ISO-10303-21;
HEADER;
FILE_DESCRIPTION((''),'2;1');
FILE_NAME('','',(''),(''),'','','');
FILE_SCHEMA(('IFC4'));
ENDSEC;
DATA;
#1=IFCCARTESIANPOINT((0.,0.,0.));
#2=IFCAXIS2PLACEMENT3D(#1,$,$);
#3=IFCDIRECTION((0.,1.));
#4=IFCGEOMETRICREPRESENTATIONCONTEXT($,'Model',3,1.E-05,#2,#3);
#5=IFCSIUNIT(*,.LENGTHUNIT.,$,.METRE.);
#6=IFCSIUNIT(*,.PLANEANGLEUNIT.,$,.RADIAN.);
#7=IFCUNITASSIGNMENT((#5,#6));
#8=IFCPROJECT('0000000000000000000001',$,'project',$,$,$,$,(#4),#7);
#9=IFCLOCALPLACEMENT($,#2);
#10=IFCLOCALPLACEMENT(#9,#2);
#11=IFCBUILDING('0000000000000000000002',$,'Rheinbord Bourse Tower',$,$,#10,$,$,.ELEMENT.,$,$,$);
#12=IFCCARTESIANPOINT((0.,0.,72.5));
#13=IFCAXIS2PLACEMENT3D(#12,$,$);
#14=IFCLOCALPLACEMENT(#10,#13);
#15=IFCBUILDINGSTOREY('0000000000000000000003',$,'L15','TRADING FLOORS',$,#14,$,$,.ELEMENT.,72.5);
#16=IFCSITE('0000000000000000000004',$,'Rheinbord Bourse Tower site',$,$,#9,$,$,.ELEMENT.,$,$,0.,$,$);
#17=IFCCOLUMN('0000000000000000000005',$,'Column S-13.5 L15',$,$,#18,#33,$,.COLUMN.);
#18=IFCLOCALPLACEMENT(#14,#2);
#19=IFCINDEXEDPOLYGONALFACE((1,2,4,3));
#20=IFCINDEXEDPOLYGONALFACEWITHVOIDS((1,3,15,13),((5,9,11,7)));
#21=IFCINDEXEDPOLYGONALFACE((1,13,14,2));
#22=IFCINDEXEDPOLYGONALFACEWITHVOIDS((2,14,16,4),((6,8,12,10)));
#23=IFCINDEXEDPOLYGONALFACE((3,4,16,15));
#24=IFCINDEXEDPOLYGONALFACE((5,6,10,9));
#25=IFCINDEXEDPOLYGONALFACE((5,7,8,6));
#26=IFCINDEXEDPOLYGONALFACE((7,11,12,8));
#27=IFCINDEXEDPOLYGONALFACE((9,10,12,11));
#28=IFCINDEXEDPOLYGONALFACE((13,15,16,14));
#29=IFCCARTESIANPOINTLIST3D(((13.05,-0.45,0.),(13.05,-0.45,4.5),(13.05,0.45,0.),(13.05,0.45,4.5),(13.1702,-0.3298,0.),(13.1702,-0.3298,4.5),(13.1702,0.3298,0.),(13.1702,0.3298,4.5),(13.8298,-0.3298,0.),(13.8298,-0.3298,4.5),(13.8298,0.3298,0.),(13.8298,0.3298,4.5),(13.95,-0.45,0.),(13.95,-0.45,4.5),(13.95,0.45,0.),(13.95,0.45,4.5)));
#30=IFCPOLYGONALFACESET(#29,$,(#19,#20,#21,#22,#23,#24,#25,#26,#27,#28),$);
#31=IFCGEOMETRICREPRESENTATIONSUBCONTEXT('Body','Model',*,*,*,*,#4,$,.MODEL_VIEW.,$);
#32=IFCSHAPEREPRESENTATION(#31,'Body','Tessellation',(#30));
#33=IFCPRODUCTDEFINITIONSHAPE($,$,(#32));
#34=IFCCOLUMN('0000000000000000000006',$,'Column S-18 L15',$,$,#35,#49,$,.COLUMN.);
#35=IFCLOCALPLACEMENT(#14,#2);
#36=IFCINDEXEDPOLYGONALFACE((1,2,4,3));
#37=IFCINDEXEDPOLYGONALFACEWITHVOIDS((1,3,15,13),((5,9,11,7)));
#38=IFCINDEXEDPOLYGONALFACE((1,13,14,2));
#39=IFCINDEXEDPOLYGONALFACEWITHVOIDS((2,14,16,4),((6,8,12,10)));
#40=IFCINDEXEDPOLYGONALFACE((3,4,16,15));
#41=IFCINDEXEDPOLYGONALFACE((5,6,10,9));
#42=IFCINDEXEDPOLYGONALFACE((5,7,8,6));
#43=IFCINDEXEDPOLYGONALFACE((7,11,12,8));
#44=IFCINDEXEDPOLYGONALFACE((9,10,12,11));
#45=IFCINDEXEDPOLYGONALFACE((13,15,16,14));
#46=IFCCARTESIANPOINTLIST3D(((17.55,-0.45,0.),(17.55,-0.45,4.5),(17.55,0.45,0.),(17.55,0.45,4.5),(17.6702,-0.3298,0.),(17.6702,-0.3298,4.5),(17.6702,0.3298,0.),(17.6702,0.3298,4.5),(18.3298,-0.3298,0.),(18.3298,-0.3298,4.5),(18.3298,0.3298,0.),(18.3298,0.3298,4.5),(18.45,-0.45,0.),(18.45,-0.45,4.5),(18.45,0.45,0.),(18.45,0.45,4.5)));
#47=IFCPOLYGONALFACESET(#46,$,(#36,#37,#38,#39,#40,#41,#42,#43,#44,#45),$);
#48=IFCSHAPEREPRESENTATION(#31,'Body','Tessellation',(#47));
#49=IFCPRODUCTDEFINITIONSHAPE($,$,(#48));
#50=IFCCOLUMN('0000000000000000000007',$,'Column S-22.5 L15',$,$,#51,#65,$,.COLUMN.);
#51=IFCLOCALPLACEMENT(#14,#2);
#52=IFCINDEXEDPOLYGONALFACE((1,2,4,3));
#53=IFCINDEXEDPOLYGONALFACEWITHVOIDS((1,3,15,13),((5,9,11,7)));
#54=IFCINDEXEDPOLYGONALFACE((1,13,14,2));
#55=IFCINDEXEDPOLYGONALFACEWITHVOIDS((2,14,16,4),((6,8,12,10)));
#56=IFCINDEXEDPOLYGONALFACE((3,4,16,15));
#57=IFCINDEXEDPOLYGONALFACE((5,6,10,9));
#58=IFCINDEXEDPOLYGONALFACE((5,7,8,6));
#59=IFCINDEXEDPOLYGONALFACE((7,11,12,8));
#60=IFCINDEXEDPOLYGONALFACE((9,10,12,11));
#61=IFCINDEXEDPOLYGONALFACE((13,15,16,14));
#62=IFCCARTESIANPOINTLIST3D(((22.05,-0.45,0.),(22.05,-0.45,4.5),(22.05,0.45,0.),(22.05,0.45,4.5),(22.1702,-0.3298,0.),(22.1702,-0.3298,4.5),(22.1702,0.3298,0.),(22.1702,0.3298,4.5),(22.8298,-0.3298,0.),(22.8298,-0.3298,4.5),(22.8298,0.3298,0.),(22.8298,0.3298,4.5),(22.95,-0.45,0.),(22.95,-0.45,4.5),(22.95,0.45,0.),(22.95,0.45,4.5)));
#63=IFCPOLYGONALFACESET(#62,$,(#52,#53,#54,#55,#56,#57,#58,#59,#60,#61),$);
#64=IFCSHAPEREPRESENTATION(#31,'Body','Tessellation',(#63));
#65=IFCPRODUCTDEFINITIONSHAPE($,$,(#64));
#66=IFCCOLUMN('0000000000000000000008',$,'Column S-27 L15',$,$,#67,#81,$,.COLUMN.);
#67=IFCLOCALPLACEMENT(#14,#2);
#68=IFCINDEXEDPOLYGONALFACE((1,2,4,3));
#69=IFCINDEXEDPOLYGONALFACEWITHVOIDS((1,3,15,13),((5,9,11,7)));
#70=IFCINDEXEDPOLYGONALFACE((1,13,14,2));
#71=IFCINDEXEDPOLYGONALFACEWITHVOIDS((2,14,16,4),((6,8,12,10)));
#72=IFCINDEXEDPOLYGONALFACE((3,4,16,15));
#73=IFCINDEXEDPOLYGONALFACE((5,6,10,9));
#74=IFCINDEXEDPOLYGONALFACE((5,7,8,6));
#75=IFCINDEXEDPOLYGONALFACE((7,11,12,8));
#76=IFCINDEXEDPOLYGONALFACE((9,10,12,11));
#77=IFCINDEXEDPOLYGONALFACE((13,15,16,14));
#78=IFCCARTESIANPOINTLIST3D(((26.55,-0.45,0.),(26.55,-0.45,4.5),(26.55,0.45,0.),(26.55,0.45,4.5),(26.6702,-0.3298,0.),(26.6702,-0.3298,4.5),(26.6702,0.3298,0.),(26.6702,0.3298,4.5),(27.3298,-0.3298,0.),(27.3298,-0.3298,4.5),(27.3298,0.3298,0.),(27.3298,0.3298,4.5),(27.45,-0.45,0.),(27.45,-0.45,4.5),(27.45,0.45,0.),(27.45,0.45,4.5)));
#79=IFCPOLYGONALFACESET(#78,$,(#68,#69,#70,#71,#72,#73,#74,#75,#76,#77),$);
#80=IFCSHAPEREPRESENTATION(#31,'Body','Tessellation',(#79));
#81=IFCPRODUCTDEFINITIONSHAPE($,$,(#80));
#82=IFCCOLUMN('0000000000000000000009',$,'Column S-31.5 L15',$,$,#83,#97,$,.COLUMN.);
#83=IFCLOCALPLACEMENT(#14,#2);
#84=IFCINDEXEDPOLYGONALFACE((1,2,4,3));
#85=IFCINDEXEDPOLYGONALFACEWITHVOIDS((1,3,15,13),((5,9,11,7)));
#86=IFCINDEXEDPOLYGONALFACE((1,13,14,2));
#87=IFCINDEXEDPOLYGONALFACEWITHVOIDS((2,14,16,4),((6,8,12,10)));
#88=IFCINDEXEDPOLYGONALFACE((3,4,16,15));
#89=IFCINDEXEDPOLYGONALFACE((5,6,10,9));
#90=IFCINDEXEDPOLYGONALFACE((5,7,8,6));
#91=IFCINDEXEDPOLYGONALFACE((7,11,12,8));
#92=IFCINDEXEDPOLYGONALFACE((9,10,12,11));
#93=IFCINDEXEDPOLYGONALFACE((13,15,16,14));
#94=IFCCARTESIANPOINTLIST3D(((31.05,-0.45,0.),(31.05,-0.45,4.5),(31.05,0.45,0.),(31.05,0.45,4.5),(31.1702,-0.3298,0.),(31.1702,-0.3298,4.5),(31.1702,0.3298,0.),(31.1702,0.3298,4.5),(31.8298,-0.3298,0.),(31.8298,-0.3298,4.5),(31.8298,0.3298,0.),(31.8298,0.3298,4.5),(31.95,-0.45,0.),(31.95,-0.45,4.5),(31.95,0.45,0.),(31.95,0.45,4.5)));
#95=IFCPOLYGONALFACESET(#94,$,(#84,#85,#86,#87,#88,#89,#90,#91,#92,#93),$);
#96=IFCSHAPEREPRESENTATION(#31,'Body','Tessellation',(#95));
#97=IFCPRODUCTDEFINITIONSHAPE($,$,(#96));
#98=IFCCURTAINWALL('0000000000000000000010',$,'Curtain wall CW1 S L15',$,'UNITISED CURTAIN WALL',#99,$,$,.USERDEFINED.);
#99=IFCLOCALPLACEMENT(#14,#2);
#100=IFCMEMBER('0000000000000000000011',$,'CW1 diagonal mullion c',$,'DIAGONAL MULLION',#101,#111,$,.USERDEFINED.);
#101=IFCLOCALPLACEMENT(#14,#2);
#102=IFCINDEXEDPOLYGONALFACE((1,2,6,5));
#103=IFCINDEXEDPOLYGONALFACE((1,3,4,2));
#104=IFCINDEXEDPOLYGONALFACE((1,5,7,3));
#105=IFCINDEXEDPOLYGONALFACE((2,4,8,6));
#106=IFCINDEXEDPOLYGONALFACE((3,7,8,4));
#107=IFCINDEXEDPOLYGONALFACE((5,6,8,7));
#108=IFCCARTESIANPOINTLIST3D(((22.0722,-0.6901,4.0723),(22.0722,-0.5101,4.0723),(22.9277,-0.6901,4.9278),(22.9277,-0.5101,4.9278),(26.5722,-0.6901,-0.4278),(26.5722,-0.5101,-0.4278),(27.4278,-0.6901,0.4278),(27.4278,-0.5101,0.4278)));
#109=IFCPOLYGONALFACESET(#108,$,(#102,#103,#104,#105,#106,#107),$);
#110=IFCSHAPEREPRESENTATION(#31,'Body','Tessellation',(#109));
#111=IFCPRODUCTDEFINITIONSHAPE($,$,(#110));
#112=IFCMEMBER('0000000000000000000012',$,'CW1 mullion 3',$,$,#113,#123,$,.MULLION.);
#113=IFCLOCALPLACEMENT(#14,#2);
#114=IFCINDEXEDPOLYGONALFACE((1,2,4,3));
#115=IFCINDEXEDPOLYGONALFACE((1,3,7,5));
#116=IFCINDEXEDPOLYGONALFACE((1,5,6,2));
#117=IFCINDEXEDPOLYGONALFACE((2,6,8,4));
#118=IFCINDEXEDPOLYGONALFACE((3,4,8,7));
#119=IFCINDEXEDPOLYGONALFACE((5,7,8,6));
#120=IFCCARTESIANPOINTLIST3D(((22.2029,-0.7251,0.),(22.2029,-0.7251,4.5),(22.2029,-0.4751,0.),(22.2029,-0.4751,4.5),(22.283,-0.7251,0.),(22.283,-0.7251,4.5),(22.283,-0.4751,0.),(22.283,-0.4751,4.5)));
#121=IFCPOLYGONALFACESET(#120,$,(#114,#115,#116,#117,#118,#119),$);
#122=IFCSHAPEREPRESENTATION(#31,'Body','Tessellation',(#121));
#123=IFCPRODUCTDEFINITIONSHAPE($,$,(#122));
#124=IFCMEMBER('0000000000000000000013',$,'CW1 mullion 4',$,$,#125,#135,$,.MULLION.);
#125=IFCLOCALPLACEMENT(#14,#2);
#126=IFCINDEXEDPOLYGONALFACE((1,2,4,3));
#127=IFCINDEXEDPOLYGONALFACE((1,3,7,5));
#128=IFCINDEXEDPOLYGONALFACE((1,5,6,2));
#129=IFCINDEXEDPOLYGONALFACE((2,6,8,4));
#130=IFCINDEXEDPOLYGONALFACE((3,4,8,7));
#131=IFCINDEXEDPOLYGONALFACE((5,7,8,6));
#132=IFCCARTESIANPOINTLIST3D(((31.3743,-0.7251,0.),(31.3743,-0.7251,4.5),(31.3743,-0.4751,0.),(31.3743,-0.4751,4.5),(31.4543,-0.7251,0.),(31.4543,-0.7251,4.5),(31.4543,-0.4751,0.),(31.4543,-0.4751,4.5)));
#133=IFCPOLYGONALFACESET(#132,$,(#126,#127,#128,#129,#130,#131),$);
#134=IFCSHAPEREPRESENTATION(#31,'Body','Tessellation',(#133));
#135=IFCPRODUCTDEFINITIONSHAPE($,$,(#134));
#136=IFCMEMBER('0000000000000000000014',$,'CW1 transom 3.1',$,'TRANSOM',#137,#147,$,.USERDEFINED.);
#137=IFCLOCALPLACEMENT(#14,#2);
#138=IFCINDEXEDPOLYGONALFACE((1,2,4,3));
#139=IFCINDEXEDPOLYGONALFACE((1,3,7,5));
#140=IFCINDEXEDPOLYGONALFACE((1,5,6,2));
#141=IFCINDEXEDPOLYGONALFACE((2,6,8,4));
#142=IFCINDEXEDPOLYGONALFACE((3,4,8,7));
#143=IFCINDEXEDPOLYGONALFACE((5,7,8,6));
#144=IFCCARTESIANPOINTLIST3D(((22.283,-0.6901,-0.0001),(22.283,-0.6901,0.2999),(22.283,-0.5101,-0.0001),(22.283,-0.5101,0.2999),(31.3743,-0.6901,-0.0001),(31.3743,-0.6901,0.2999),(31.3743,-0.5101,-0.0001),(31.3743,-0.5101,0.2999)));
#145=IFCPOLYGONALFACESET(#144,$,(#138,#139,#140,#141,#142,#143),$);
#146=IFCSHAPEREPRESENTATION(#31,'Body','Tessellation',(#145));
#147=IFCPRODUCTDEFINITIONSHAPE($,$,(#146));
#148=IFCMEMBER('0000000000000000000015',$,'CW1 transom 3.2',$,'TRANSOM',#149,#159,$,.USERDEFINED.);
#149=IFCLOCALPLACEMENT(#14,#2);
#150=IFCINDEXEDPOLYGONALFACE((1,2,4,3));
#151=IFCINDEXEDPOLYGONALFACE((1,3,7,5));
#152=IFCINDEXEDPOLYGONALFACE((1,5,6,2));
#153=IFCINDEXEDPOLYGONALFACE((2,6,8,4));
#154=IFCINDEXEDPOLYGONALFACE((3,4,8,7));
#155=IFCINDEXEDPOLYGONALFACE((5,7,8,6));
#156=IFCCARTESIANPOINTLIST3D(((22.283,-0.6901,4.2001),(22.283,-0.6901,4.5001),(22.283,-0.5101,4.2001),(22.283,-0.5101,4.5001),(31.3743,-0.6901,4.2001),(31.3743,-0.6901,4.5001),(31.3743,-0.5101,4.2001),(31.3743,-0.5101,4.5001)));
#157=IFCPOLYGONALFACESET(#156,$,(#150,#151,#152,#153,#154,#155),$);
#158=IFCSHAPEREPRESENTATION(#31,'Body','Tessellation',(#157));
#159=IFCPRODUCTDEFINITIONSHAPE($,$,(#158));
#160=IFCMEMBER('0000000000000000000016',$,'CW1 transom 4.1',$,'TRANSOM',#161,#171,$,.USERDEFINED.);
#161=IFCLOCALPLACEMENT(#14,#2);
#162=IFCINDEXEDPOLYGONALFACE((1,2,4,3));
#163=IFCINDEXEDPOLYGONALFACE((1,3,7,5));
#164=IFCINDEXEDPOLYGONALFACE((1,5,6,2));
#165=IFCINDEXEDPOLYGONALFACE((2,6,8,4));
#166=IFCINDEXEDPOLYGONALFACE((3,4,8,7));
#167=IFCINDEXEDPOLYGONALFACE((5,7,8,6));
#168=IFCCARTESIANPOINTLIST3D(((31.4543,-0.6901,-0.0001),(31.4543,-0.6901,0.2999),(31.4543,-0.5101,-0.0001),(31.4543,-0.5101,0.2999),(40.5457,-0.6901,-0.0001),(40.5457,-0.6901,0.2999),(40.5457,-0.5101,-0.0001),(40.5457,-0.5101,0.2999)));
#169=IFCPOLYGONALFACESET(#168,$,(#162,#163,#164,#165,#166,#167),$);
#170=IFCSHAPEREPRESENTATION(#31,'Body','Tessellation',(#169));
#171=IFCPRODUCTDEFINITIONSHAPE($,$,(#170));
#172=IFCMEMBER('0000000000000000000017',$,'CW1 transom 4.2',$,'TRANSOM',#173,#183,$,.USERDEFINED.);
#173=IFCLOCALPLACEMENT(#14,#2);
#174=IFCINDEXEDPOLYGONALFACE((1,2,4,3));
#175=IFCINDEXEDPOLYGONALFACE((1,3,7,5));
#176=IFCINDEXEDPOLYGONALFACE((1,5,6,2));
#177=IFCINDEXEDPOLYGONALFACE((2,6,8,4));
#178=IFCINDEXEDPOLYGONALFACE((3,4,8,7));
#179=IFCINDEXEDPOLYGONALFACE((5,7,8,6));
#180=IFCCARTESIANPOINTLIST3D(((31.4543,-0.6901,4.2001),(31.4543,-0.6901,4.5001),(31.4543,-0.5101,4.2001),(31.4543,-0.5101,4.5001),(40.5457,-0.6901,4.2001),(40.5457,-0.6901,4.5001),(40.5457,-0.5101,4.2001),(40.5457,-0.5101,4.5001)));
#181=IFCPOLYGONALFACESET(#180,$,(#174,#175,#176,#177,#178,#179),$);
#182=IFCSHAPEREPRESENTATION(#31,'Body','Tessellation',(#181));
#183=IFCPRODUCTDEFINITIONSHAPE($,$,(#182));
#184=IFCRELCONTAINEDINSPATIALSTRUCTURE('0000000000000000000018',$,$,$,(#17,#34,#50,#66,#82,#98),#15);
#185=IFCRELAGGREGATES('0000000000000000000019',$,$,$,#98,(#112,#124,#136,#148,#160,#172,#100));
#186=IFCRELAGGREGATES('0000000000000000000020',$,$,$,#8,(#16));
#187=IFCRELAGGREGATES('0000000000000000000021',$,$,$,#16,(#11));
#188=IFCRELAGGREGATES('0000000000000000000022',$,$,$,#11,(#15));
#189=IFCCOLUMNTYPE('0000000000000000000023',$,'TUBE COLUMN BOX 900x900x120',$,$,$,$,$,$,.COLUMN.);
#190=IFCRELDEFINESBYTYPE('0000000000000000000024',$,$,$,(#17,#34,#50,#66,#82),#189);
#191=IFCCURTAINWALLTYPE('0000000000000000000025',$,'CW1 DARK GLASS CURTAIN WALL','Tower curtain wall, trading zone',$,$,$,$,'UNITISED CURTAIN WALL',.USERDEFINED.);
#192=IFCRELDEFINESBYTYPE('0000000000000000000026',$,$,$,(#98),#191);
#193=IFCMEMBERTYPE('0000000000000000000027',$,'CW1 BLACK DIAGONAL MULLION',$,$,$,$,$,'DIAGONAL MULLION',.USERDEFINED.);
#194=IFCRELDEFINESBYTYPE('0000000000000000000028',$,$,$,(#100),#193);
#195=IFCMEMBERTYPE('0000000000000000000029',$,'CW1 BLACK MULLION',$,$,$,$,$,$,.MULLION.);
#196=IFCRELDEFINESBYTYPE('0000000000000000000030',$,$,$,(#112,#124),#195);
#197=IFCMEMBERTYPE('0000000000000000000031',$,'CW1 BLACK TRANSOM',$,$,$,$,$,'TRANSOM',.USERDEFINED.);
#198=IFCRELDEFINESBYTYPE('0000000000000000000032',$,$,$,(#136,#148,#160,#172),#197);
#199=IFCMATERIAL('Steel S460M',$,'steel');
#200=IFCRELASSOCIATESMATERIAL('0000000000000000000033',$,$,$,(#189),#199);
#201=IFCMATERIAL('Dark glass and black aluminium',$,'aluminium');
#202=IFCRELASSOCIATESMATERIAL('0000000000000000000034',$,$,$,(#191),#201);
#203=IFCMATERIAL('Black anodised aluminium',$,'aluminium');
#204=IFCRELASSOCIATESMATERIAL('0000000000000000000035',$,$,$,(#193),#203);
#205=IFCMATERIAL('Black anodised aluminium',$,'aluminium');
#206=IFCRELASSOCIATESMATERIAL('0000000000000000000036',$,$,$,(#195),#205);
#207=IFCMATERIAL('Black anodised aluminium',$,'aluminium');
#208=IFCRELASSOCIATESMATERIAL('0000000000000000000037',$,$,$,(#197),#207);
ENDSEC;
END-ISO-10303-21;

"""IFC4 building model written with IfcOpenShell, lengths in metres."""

from ifc_helpers import new_model, si_unit, direction, frame, origin, origin_2d, place, context, subcontext, project, spatial, rectangle, hollow_rectangle, extrude, material, material_profile, profile_set, type_object, element, aggregate, save


model = new_model("IFC4")

# Units and contexts
model_context = context("Model", 3, precision=1e-05, world=origin(), true_north=direction((0.0, 1.0)))
body_context = subcontext(model_context, "Body", "Model", "MODEL_VIEW")
ifc_project = project(units=[si_unit("LENGTHUNIT", "METRE"), si_unit("PLANEANGLEUNIT", "RADIAN")], contexts=[model_context])

# Site, building, storey
site_placement = place(None, origin())
site = spatial("IfcSite", under=ifc_project, at=site_placement, Name="Rheinbord Bourse Tower site", CompositionType="ELEMENT", RefElevation=0.0)
building_placement = place(site_placement, origin())
building = spatial("IfcBuilding", under=site, at=building_placement, Name="Rheinbord Bourse Tower", CompositionType="ELEMENT")
storey_placement = place(building_placement, frame((0.0, 0.0, 72.5)))
storey = spatial("IfcBuildingStorey", under=building, at=storey_placement, Name="L15", Description="TRADING FLOORS", CompositionType="ELEMENT", Elevation=72.5)

# Columns
ifc_material_1 = material(Name="Steel S460M", Category="steel")
ifc_material_profile_1 = material_profile(ifc_material_1, hollow_rectangle(XDim=0.8999, YDim=0.8999, WallThickness=0.1201, at=origin_2d()), Name="BOX 900x900x120")
ifc_profile_set_1 = profile_set([ifc_material_profile_1], Name="Steel S460M")
column_type = type_object("IfcColumnType", Name="TUBE COLUMN BOX 900x900x120", PredefinedType="COLUMN", material=ifc_profile_set_1)
for number, where, z_axis, x_axis, name in (
    (1, (13.5, 0.0, 0.0), (0.0, 0.0, 1.0), (0.0, 1.0, 0.0), "Column S-13.5 L15"),
    (2, (18.0, 0.0, 0.0), (0.0, 0.0, 1.0), (0.0, 1.0, 0.0), "Column S-18 L15"),
    (3, (22.5, 0.0, 0.0), (0.0, 0.0, 1.0), (0.0, 1.0, 0.0), "Column S-22.5 L15"),
    (4, (27.0, 0.0, 0.0), (0.0, 0.0, 1.0), (0.0, 1.0, 0.0), "Column S-27 L15"),
    (5, (31.5, 0.0, 0.0), (0.0, 0.0, 1.0), (0.0, 1.0, 0.0), "Column S-31.5 L15"),
):
    element("IfcColumn", number, at=place(storey_placement, frame(where, z_axis=z_axis, x_axis=x_axis)), inside=storey, type_object=column_type, Name=name, PredefinedType="COLUMN", context=body_context, shape_type="SweptSolid", body=[
        extrude(hollow_rectangle(XDim=0.8999, YDim=0.8999, WallThickness=0.1201, at=origin_2d()), origin(), (0.0, 0.0, 1.0), 4.5),
    ])

# Curtain wall, members
ifc_material_2 = material(Name="Dark glass and black aluminium", Category="aluminium")
curtain_wall_type = type_object("IfcCurtainWallType", Name="CW1 DARK GLASS CURTAIN WALL", Description="Tower curtain wall, trading zone", ElementType="UNITISED CURTAIN WALL", PredefinedType="USERDEFINED", material=ifc_material_2)
curtain_wall_placement = place(storey_placement, origin())
curtain_wall = element("IfcCurtainWall", 6, at=curtain_wall_placement, inside=storey, type_object=curtain_wall_type, Name="Curtain wall CW1 S L15", ObjectType="UNITISED CURTAIN WALL", PredefinedType="USERDEFINED")
ifc_material_3 = material(Name="Black anodised aluminium", Category="aluminium")
ifc_material_profile_2 = material_profile(ifc_material_3, rectangle(XDim=0.1799, YDim=1.21, at=origin_2d()), Name="CW1 DIAGONAL MULLION 1210x180")
ifc_profile_set_2 = profile_set([ifc_material_profile_2], Name="Black anodised aluminium")
member_type_1 = type_object("IfcMemberType", Name="CW1 BLACK DIAGONAL MULLION", ElementType="DIAGONAL MULLION", PredefinedType="USERDEFINED", material=ifc_profile_set_2)
member_1_placement = place(storey_placement, frame((27.0, -0.6001, 0.0), z_axis=(-0.707107, 0.0, 0.707107), x_axis=(0.0, -1.0, 0.0)))
member_1 = element("IfcMember", 7, at=member_1_placement, type_object=member_type_1, Name="CW1 diagonal mullion c", ObjectType="DIAGONAL MULLION", PredefinedType="USERDEFINED", context=body_context, shape_type="SweptSolid", body=[
    extrude(rectangle(XDim=0.1799, YDim=1.21, at=origin_2d()), origin(), (0.0, 0.0, 1.0), 6.364),
])
ifc_material_4 = material(Name="Black anodised aluminium", Category="aluminium")
ifc_material_profile_3 = material_profile(ifc_material_4, rectangle(XDim=0.25, YDim=0.0801, at=origin_2d()), Name="CW1 MULLION 80x250")
ifc_profile_set_3 = profile_set([ifc_material_profile_3], Name="Black anodised aluminium")
member_type_2 = type_object("IfcMemberType", Name="CW1 BLACK MULLION", PredefinedType="MULLION", material=ifc_profile_set_3)
member_2_placement = place(storey_placement, frame((22.2429, -0.6001, 0.0), z_axis=(0.0, 0.0, 1.0), x_axis=(0.0, 1.0, 0.0)))
member_2 = element("IfcMember", 8, at=member_2_placement, type_object=member_type_2, Name="CW1 mullion 3", PredefinedType="MULLION", context=body_context, shape_type="SweptSolid", body=[
    extrude(rectangle(XDim=0.25, YDim=0.0801, at=origin_2d()), origin(), (0.0, 0.0, 1.0), 4.5),
])
member_3_placement = place(storey_placement, frame((31.4143, -0.6001, 0.0), z_axis=(0.0, 0.0, 1.0), x_axis=(0.0, 1.0, 0.0)))
member_3 = element("IfcMember", 9, at=member_3_placement, type_object=member_type_2, Name="CW1 mullion 4", PredefinedType="MULLION", context=body_context, shape_type="SweptSolid", body=[
    extrude(rectangle(XDim=0.25, YDim=0.0801, at=origin_2d()), origin(), (0.0, 0.0, 1.0), 4.5),
])
ifc_material_5 = material(Name="Black anodised aluminium", Category="aluminium")
ifc_material_profile_4 = material_profile(ifc_material_5, rectangle(XDim=0.1799, YDim=0.3, at=origin_2d()), Name="CW1 TRANSOM 300x180")
ifc_profile_set_4 = profile_set([ifc_material_profile_4], Name="Black anodised aluminium")
member_type_3 = type_object("IfcMemberType", Name="CW1 BLACK TRANSOM", ElementType="TRANSOM", PredefinedType="USERDEFINED", material=ifc_profile_set_4)
member_4_placement = place(storey_placement, frame((22.283, -0.6001, 0.1499), z_axis=(1.0, 0.0, 0.0), x_axis=(0.0, 1.0, 0.0)))
member_4 = element("IfcMember", 10, at=member_4_placement, type_object=member_type_3, Name="CW1 transom 3.1", ObjectType="TRANSOM", PredefinedType="USERDEFINED", context=body_context, shape_type="SweptSolid", body=[
    extrude(rectangle(XDim=0.1799, YDim=0.3, at=origin_2d()), origin(), (0.0, 0.0, 1.0), 9.0913),
])
member_5_placement = place(storey_placement, frame((22.283, -0.6001, 4.3501), z_axis=(1.0, 0.0, 0.0), x_axis=(0.0, 1.0, 0.0)))
member_5 = element("IfcMember", 11, at=member_5_placement, type_object=member_type_3, Name="CW1 transom 3.2", ObjectType="TRANSOM", PredefinedType="USERDEFINED", context=body_context, shape_type="SweptSolid", body=[
    extrude(rectangle(XDim=0.1799, YDim=0.3, at=origin_2d()), origin(), (0.0, 0.0, 1.0), 9.0913),
])
member_6_placement = place(storey_placement, frame((31.4543, -0.6001, 0.1499), z_axis=(1.0, 0.0, 0.0), x_axis=(0.0, 1.0, 0.0)))
member_6 = element("IfcMember", 12, at=member_6_placement, type_object=member_type_3, Name="CW1 transom 4.1", ObjectType="TRANSOM", PredefinedType="USERDEFINED", context=body_context, shape_type="SweptSolid", body=[
    extrude(rectangle(XDim=0.1799, YDim=0.3, at=origin_2d()), origin(), (0.0, 0.0, 1.0), 9.0913),
])
member_7_placement = place(storey_placement, frame((31.4543, -0.6001, 4.3501), z_axis=(1.0, 0.0, 0.0), x_axis=(0.0, 1.0, 0.0)))
member_7 = element("IfcMember", 13, at=member_7_placement, type_object=member_type_3, Name="CW1 transom 4.2", ObjectType="TRANSOM", PredefinedType="USERDEFINED", context=body_context, shape_type="SweptSolid", body=[
    extrude(rectangle(XDim=0.1799, YDim=0.3, at=origin_2d()), origin(), (0.0, 0.0, 1.0), 9.0913),
])

aggregate(curtain_wall, [member_2, member_3, member_4, member_5, member_6, member_7, member_1])

save(model, "model.ifc")
